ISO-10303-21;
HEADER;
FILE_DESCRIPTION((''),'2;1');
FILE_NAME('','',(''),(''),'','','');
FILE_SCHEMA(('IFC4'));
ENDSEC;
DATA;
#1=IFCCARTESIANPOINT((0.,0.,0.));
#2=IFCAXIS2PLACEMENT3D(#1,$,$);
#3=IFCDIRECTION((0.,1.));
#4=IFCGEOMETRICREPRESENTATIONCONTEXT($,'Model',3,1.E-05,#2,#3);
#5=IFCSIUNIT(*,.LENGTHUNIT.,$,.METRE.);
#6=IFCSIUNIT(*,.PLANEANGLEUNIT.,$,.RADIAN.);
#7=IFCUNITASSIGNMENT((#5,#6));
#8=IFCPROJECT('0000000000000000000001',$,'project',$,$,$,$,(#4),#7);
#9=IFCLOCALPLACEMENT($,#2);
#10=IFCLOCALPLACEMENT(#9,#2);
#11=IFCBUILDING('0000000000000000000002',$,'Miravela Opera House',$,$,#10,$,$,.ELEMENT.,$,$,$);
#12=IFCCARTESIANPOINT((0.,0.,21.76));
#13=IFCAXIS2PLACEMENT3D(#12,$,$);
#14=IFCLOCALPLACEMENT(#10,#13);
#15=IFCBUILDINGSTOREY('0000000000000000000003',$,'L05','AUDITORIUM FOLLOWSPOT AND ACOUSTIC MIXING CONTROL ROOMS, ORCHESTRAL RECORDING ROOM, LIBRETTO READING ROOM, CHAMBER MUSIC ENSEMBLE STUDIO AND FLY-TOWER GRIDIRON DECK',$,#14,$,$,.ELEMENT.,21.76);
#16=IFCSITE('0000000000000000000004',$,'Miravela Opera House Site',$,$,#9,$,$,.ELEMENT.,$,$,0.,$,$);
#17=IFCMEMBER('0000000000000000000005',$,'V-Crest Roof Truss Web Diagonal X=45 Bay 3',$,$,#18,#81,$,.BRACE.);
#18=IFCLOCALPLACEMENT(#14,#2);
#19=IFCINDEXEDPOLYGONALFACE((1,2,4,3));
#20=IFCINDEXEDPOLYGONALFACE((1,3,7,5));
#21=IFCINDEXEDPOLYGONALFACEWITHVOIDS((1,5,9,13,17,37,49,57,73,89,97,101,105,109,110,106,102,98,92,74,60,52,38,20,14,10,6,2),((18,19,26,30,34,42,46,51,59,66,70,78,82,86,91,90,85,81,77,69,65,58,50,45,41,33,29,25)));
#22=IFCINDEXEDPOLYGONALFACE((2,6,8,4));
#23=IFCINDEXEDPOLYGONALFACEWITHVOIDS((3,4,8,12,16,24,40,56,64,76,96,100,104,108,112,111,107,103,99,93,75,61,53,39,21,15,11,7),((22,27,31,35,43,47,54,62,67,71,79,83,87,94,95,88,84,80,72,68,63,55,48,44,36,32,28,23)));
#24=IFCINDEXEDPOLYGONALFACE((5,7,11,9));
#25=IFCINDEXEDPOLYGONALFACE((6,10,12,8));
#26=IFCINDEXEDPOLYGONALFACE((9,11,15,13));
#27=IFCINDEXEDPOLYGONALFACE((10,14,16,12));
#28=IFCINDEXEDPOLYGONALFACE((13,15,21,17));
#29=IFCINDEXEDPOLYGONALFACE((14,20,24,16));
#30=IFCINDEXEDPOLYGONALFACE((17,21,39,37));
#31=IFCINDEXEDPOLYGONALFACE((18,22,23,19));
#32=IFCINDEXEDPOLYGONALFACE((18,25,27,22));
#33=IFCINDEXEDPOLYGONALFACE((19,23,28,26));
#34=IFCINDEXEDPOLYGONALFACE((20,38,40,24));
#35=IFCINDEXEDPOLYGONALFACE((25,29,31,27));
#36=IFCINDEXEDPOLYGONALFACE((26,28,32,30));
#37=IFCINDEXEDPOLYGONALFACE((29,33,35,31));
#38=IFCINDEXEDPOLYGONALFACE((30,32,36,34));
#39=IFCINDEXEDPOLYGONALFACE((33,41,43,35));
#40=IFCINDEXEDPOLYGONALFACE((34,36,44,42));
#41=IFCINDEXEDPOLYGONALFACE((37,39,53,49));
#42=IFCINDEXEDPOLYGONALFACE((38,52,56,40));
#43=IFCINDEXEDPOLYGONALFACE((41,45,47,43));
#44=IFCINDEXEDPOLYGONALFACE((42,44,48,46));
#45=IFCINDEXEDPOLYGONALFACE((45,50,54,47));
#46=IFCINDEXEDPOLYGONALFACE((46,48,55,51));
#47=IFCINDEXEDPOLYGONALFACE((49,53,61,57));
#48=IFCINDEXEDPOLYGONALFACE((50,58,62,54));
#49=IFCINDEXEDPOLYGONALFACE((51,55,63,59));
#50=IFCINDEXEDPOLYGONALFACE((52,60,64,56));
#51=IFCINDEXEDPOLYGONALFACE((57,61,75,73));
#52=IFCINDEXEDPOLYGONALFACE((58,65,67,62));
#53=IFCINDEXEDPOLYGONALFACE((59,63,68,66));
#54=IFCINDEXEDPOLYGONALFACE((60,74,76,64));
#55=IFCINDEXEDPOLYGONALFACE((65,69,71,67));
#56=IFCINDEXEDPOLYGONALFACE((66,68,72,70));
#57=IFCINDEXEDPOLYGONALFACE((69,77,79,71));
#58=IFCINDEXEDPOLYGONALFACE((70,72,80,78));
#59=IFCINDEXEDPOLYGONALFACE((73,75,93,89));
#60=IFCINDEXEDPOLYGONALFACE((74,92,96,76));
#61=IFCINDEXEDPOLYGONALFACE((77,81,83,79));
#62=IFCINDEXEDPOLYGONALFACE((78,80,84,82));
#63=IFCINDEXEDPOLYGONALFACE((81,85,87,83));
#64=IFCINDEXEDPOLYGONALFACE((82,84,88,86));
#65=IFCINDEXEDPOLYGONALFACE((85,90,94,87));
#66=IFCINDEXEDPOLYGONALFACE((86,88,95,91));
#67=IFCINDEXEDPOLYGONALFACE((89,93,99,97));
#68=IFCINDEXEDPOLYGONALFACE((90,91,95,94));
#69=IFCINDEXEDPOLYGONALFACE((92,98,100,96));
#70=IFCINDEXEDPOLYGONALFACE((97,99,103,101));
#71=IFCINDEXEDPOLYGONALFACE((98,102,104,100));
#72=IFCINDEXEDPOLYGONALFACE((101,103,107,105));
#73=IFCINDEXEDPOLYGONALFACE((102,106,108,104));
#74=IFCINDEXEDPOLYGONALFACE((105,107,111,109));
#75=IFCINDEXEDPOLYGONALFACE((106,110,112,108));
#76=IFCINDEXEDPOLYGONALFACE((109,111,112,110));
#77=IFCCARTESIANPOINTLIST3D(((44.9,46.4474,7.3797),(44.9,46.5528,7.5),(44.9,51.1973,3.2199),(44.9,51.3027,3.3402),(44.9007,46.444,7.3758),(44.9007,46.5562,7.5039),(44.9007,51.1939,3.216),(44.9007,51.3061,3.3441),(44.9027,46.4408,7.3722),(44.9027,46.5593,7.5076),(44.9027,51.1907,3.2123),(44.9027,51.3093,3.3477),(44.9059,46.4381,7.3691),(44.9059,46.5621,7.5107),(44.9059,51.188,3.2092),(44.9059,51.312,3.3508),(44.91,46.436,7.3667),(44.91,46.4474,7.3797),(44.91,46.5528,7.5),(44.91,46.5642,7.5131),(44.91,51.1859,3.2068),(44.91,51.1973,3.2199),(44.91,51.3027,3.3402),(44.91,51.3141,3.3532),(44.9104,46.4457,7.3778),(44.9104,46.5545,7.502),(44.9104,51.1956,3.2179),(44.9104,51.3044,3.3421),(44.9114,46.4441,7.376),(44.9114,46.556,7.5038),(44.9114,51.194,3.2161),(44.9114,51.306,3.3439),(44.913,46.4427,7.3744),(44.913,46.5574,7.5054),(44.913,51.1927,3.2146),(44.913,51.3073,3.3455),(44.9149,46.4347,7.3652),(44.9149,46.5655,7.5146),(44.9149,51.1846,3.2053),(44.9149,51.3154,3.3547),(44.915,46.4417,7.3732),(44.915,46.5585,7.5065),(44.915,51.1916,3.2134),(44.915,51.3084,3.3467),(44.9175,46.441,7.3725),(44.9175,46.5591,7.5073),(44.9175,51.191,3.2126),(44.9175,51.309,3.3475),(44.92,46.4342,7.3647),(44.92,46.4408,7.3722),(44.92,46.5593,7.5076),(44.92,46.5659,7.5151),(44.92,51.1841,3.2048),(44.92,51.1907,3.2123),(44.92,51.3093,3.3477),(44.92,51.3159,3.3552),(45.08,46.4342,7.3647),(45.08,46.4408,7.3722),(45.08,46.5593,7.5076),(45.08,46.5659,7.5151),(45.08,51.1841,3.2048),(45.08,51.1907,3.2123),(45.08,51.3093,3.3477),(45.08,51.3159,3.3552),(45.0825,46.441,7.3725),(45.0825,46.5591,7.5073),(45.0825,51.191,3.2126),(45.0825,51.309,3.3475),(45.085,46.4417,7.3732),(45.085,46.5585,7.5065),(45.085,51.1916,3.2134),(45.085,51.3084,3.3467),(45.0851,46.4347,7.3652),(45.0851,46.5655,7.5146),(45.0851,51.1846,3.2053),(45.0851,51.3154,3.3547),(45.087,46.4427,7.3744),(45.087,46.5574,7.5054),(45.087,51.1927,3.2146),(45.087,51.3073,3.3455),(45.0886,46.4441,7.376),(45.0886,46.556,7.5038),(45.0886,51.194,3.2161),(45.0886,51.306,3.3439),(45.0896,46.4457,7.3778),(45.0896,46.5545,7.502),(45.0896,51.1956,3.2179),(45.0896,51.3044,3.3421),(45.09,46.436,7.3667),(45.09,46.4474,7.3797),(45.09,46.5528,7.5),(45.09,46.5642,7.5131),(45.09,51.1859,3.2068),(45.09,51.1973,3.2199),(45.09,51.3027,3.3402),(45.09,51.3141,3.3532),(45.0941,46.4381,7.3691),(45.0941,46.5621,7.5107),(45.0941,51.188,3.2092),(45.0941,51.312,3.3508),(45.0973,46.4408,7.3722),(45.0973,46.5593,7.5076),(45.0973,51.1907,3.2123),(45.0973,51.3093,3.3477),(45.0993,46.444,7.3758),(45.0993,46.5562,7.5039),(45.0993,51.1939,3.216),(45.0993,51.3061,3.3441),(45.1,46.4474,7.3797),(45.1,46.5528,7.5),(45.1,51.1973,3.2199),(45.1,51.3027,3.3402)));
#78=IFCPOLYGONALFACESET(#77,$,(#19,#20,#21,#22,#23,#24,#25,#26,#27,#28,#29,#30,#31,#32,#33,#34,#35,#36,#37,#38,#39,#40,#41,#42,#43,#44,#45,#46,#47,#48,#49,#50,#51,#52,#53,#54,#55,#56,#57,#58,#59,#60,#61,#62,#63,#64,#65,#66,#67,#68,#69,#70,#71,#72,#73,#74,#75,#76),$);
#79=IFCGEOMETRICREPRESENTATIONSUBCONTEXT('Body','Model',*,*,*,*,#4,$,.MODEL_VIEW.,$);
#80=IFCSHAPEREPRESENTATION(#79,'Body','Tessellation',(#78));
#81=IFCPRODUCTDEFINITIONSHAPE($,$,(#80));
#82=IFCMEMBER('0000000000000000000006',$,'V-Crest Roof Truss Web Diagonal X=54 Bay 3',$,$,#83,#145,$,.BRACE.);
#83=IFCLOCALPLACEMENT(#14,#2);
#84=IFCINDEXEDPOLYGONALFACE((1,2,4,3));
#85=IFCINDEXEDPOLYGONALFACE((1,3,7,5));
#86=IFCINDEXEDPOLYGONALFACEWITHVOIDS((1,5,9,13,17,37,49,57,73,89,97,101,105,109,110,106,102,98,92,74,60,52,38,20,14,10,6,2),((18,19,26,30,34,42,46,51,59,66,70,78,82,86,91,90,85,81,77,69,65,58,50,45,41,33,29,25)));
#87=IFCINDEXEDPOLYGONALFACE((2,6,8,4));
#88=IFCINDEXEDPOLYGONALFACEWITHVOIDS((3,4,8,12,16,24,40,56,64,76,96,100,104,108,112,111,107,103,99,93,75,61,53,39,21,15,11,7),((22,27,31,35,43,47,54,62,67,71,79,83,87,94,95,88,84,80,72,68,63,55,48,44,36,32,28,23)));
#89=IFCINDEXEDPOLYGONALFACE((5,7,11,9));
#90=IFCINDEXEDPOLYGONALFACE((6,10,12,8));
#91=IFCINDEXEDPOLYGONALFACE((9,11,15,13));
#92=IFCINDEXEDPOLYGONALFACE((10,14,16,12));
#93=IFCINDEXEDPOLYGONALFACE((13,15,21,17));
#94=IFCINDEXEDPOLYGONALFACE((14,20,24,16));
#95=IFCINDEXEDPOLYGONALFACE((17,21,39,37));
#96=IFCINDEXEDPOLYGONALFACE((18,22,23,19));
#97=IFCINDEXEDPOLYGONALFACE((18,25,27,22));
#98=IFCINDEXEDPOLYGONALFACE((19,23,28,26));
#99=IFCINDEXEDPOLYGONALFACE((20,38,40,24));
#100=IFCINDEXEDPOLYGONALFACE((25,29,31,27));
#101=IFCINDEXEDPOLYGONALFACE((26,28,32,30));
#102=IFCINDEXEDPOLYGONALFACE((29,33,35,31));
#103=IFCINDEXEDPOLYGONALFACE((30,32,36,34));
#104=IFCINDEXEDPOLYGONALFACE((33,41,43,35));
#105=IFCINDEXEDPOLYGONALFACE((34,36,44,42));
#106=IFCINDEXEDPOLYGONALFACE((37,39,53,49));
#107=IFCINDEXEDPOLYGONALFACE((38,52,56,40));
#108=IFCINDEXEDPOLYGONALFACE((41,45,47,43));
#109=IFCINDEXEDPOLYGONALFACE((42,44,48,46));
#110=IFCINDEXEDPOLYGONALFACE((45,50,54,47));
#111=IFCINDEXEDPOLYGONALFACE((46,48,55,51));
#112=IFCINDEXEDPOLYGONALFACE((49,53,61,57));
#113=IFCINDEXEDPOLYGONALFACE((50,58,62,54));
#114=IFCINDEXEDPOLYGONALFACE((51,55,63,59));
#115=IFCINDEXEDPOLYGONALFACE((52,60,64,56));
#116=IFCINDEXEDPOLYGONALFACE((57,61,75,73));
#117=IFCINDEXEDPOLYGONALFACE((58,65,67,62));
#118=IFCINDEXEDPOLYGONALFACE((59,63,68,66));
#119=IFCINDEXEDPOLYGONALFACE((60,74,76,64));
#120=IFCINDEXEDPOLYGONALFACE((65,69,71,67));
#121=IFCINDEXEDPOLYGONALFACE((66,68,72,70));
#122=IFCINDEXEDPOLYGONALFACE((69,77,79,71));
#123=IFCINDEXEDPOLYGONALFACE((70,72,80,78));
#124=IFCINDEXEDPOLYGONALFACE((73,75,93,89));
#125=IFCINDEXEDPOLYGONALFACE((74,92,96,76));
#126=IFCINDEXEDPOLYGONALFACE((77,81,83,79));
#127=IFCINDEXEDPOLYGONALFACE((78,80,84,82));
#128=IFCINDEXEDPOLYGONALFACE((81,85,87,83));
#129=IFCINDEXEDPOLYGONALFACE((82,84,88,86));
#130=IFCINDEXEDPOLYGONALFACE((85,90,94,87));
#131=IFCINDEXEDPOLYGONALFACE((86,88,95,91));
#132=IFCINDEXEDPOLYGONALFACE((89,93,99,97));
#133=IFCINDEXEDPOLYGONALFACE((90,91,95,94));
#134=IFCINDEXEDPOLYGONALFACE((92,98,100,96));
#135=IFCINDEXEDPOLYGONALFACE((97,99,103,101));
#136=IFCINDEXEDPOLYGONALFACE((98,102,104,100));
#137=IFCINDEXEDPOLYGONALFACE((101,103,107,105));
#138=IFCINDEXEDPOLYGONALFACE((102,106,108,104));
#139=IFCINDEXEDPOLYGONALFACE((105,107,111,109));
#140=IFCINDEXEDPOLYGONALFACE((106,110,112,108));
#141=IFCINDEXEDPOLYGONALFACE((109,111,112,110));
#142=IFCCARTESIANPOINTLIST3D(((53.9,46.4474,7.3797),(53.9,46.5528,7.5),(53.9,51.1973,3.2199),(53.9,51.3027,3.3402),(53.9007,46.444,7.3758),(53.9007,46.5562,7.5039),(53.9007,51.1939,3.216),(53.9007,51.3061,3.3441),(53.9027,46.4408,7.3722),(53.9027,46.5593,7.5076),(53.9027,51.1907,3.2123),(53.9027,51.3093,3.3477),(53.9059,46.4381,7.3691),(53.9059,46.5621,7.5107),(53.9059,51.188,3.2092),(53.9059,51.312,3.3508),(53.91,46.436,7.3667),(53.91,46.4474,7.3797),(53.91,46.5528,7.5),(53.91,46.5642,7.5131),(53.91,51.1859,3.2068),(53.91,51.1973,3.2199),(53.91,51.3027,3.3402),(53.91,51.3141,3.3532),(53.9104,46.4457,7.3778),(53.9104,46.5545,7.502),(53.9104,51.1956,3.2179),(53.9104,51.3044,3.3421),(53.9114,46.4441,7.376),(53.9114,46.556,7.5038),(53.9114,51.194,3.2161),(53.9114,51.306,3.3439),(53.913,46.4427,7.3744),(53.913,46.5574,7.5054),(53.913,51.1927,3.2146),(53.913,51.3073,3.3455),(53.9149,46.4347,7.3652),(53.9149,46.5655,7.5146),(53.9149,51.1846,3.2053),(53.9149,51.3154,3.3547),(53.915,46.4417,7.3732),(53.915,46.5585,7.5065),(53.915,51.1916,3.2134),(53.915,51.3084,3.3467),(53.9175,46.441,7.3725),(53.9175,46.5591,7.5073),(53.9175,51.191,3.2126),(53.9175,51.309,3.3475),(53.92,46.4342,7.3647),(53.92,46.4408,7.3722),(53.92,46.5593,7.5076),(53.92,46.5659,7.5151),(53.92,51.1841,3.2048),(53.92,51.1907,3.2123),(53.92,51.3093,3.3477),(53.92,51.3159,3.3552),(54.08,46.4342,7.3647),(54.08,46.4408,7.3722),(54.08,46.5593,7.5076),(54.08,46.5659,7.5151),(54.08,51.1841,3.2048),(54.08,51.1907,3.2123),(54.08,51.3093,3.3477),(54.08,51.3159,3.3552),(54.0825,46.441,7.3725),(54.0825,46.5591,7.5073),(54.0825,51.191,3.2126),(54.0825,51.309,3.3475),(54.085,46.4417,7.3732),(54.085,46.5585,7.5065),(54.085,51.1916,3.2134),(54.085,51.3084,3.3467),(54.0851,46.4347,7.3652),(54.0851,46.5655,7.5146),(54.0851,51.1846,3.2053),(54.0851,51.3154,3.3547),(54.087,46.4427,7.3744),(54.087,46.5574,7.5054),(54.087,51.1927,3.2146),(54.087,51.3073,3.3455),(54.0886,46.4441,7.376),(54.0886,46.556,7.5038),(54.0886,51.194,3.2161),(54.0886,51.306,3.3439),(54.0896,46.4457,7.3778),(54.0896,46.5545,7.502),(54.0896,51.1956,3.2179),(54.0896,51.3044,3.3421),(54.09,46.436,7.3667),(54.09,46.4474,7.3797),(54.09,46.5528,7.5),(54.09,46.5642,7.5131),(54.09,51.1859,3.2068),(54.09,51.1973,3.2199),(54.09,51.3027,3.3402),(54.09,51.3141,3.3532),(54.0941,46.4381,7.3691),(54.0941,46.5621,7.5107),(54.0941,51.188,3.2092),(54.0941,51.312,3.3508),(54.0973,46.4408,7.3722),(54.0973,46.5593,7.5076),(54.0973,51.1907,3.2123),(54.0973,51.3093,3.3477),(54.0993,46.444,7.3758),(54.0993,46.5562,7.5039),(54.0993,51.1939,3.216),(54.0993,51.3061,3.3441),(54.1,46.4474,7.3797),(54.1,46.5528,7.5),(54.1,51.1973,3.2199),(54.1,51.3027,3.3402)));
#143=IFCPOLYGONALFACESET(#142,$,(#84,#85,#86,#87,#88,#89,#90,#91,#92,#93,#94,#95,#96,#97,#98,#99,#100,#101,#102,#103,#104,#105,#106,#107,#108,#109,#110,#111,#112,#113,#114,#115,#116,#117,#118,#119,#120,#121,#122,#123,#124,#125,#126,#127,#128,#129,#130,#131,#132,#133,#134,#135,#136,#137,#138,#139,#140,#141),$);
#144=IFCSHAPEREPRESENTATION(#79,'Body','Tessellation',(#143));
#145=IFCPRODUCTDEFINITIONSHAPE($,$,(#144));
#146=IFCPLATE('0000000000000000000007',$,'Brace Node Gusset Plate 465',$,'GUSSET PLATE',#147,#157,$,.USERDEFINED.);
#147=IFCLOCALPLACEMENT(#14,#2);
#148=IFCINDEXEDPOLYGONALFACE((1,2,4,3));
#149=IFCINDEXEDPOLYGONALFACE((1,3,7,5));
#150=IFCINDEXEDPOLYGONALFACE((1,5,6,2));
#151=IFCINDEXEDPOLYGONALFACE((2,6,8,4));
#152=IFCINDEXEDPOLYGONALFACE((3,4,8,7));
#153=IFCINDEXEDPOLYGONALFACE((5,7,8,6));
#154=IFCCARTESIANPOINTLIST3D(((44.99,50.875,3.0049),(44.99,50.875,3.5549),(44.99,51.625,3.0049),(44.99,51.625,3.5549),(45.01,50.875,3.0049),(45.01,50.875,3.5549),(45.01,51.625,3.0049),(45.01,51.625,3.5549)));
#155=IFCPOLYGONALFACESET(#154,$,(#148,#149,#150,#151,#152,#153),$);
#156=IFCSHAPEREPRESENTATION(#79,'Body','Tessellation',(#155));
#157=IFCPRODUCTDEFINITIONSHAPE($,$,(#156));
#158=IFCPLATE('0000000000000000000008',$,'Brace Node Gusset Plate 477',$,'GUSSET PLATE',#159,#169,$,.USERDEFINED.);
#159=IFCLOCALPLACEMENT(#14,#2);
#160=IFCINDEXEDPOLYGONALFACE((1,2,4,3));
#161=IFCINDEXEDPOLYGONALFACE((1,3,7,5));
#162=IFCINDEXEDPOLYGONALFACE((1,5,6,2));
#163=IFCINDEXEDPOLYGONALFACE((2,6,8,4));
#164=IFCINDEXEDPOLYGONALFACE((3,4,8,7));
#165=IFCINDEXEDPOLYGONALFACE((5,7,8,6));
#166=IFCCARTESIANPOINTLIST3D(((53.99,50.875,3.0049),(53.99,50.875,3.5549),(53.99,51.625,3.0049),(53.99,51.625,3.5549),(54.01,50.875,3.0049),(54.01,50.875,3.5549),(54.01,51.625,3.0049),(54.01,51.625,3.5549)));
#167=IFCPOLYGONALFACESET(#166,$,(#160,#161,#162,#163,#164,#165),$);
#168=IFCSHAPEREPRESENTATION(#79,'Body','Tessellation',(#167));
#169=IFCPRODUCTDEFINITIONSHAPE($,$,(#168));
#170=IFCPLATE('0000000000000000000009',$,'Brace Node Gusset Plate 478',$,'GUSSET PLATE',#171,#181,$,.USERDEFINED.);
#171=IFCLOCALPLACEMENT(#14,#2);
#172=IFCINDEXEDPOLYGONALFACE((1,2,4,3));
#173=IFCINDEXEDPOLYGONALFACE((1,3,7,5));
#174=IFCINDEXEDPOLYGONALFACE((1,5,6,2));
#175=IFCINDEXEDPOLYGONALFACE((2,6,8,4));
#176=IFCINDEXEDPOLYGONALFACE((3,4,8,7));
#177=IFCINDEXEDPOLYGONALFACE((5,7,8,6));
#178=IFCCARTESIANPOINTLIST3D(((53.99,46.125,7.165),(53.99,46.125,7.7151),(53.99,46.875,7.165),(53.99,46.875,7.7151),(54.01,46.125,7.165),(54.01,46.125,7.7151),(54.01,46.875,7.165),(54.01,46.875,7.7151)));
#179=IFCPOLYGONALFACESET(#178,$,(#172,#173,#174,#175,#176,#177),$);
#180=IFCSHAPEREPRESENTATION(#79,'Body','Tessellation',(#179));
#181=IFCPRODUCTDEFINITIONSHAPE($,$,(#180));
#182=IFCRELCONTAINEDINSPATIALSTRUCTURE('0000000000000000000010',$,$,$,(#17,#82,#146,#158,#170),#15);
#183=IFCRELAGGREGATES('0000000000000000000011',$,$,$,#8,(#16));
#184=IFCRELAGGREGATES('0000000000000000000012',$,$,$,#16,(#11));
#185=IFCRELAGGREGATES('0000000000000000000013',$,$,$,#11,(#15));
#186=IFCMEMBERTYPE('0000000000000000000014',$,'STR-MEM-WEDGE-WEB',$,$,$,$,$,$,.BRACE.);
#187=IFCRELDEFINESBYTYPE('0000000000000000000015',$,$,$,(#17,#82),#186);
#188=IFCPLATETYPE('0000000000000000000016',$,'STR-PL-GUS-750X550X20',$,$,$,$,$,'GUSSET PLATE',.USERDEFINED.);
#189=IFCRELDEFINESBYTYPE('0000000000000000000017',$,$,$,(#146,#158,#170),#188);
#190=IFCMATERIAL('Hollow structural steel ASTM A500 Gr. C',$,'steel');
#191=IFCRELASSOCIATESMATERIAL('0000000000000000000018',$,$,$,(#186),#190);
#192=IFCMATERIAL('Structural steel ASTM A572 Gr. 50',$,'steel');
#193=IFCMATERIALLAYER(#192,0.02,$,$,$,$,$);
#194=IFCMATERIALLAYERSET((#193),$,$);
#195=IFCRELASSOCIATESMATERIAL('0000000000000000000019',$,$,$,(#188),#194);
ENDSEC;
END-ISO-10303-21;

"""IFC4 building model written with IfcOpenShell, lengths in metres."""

from ifc_helpers import new_model, si_unit, direction, frame, origin, origin_2d, place, context, subcontext, project, spatial, rectangle, hollow_rectangle, extrude, material, layer, layer_set, material_profile, profile_set, type_object, element, save


model = new_model("IFC4")

# Units and contexts
model_context = context("Model", 3, precision=1e-05, world=origin(), true_north=direction((0.0, 1.0)))
body_context = subcontext(model_context, "Body", "Model", "MODEL_VIEW")
ifc_project = project(units=[si_unit("LENGTHUNIT", "METRE"), si_unit("PLANEANGLEUNIT", "RADIAN")], contexts=[model_context])

# Site, building, storey
site_placement = place(None, origin())
site = spatial("IfcSite", under=ifc_project, at=site_placement, Name="Miravela Opera House Site", CompositionType="ELEMENT", RefElevation=0.0)
building_placement = place(site_placement, origin())
building = spatial("IfcBuilding", under=site, at=building_placement, Name="Miravela Opera House", CompositionType="ELEMENT")
storey_placement = place(building_placement, frame((0.0, 0.0, 21.76)))
storey = spatial("IfcBuildingStorey", under=building, at=storey_placement, Name="L05", Description="AUDITORIUM FOLLOWSPOT AND ACOUSTIC MIXING CONTROL ROOMS, ORCHESTRAL RECORDING ROOM, LIBRETTO READING ROOM, CHAMBER MUSIC ENSEMBLE STUDIO AND FLY-TOWER GRIDIRON DECK", CompositionType="ELEMENT", Elevation=21.76)

# Members
ifc_material_1 = material(Name="Hollow structural steel ASTM A500 Gr. C", Category="steel")
ifc_material_profile_1 = material_profile(ifc_material_1, hollow_rectangle(XDim=0.2, YDim=0.2, WallThickness=0.01, InnerFilletRadius=0.01, OuterFilletRadius=0.02, at=origin_2d()), Name="HSS200X200X10")
ifc_profile_set_1 = profile_set([ifc_material_profile_1])
member_type_1 = type_object("IfcMemberType", Name="STR-MEM-WEDGE-WEB", PredefinedType="BRACE", material=ifc_profile_set_1)
for number, where, z_axis, x_axis, name in (
    (1, (45.0, 51.25, 3.28), (0.0, -0.752289, 0.658833), (1.0, 0.0, 0.0), "V-Crest Roof Truss Web Diagonal X=45 Bay 3"),
    (2, (54.0, 51.25, 3.28), (0.0, -0.752289, 0.658833), (1.0, 0.0, 0.0), "V-Crest Roof Truss Web Diagonal X=54 Bay 3"),
):
    element("IfcMember", number, at=place(storey_placement, frame(where, z_axis=z_axis, x_axis=x_axis)), inside=storey, type_object=member_type_1, Name=name, PredefinedType="BRACE", context=body_context, shape_type="SweptSolid", body=[
        extrude(hollow_rectangle(XDim=0.2, YDim=0.2, WallThickness=0.01, InnerFilletRadius=0.01, OuterFilletRadius=0.02, at=origin_2d()), origin(), (0.0, 0.0, 1.0), 6.314),
    ])

# Plates
ifc_material_2 = material(Name="Structural steel ASTM A572 Gr. 50", Category="steel")
ifc_layer_1 = layer(ifc_material_2, 0.02)
ifc_layer_set_1 = layer_set([ifc_layer_1])
plate_type = type_object("IfcPlateType", Name="STR-PL-GUS-750X550X20", ElementType="GUSSET PLATE", PredefinedType="USERDEFINED", material=ifc_layer_set_1)
for number, where, z_axis, x_axis, name in (
    (3, (45.0, 51.25, 3.0049), (0.0, 0.0, 1.0), (0.0, 1.0, 0.0), "Brace Node Gusset Plate 465"),
    (4, (54.0, 51.25, 3.0049), (0.0, 0.0, 1.0), (0.0, 1.0, 0.0), "Brace Node Gusset Plate 477"),
    (5, (54.0, 46.5, 7.165), (0.0, 0.0, 1.0), (0.0, 1.0, 0.0), "Brace Node Gusset Plate 478"),
):
    element("IfcPlate", number, at=place(storey_placement, frame(where, z_axis=z_axis, x_axis=x_axis)), inside=storey, type_object=plate_type, Name=name, ObjectType="GUSSET PLATE", PredefinedType="USERDEFINED", context=body_context, shape_type="SweptSolid", body=[
        extrude(rectangle(XDim=0.75, YDim=0.02, at=origin_2d()), origin(), (0.0, 0.0, 1.0), 0.55),
    ])

save(model, "model.ifc")
